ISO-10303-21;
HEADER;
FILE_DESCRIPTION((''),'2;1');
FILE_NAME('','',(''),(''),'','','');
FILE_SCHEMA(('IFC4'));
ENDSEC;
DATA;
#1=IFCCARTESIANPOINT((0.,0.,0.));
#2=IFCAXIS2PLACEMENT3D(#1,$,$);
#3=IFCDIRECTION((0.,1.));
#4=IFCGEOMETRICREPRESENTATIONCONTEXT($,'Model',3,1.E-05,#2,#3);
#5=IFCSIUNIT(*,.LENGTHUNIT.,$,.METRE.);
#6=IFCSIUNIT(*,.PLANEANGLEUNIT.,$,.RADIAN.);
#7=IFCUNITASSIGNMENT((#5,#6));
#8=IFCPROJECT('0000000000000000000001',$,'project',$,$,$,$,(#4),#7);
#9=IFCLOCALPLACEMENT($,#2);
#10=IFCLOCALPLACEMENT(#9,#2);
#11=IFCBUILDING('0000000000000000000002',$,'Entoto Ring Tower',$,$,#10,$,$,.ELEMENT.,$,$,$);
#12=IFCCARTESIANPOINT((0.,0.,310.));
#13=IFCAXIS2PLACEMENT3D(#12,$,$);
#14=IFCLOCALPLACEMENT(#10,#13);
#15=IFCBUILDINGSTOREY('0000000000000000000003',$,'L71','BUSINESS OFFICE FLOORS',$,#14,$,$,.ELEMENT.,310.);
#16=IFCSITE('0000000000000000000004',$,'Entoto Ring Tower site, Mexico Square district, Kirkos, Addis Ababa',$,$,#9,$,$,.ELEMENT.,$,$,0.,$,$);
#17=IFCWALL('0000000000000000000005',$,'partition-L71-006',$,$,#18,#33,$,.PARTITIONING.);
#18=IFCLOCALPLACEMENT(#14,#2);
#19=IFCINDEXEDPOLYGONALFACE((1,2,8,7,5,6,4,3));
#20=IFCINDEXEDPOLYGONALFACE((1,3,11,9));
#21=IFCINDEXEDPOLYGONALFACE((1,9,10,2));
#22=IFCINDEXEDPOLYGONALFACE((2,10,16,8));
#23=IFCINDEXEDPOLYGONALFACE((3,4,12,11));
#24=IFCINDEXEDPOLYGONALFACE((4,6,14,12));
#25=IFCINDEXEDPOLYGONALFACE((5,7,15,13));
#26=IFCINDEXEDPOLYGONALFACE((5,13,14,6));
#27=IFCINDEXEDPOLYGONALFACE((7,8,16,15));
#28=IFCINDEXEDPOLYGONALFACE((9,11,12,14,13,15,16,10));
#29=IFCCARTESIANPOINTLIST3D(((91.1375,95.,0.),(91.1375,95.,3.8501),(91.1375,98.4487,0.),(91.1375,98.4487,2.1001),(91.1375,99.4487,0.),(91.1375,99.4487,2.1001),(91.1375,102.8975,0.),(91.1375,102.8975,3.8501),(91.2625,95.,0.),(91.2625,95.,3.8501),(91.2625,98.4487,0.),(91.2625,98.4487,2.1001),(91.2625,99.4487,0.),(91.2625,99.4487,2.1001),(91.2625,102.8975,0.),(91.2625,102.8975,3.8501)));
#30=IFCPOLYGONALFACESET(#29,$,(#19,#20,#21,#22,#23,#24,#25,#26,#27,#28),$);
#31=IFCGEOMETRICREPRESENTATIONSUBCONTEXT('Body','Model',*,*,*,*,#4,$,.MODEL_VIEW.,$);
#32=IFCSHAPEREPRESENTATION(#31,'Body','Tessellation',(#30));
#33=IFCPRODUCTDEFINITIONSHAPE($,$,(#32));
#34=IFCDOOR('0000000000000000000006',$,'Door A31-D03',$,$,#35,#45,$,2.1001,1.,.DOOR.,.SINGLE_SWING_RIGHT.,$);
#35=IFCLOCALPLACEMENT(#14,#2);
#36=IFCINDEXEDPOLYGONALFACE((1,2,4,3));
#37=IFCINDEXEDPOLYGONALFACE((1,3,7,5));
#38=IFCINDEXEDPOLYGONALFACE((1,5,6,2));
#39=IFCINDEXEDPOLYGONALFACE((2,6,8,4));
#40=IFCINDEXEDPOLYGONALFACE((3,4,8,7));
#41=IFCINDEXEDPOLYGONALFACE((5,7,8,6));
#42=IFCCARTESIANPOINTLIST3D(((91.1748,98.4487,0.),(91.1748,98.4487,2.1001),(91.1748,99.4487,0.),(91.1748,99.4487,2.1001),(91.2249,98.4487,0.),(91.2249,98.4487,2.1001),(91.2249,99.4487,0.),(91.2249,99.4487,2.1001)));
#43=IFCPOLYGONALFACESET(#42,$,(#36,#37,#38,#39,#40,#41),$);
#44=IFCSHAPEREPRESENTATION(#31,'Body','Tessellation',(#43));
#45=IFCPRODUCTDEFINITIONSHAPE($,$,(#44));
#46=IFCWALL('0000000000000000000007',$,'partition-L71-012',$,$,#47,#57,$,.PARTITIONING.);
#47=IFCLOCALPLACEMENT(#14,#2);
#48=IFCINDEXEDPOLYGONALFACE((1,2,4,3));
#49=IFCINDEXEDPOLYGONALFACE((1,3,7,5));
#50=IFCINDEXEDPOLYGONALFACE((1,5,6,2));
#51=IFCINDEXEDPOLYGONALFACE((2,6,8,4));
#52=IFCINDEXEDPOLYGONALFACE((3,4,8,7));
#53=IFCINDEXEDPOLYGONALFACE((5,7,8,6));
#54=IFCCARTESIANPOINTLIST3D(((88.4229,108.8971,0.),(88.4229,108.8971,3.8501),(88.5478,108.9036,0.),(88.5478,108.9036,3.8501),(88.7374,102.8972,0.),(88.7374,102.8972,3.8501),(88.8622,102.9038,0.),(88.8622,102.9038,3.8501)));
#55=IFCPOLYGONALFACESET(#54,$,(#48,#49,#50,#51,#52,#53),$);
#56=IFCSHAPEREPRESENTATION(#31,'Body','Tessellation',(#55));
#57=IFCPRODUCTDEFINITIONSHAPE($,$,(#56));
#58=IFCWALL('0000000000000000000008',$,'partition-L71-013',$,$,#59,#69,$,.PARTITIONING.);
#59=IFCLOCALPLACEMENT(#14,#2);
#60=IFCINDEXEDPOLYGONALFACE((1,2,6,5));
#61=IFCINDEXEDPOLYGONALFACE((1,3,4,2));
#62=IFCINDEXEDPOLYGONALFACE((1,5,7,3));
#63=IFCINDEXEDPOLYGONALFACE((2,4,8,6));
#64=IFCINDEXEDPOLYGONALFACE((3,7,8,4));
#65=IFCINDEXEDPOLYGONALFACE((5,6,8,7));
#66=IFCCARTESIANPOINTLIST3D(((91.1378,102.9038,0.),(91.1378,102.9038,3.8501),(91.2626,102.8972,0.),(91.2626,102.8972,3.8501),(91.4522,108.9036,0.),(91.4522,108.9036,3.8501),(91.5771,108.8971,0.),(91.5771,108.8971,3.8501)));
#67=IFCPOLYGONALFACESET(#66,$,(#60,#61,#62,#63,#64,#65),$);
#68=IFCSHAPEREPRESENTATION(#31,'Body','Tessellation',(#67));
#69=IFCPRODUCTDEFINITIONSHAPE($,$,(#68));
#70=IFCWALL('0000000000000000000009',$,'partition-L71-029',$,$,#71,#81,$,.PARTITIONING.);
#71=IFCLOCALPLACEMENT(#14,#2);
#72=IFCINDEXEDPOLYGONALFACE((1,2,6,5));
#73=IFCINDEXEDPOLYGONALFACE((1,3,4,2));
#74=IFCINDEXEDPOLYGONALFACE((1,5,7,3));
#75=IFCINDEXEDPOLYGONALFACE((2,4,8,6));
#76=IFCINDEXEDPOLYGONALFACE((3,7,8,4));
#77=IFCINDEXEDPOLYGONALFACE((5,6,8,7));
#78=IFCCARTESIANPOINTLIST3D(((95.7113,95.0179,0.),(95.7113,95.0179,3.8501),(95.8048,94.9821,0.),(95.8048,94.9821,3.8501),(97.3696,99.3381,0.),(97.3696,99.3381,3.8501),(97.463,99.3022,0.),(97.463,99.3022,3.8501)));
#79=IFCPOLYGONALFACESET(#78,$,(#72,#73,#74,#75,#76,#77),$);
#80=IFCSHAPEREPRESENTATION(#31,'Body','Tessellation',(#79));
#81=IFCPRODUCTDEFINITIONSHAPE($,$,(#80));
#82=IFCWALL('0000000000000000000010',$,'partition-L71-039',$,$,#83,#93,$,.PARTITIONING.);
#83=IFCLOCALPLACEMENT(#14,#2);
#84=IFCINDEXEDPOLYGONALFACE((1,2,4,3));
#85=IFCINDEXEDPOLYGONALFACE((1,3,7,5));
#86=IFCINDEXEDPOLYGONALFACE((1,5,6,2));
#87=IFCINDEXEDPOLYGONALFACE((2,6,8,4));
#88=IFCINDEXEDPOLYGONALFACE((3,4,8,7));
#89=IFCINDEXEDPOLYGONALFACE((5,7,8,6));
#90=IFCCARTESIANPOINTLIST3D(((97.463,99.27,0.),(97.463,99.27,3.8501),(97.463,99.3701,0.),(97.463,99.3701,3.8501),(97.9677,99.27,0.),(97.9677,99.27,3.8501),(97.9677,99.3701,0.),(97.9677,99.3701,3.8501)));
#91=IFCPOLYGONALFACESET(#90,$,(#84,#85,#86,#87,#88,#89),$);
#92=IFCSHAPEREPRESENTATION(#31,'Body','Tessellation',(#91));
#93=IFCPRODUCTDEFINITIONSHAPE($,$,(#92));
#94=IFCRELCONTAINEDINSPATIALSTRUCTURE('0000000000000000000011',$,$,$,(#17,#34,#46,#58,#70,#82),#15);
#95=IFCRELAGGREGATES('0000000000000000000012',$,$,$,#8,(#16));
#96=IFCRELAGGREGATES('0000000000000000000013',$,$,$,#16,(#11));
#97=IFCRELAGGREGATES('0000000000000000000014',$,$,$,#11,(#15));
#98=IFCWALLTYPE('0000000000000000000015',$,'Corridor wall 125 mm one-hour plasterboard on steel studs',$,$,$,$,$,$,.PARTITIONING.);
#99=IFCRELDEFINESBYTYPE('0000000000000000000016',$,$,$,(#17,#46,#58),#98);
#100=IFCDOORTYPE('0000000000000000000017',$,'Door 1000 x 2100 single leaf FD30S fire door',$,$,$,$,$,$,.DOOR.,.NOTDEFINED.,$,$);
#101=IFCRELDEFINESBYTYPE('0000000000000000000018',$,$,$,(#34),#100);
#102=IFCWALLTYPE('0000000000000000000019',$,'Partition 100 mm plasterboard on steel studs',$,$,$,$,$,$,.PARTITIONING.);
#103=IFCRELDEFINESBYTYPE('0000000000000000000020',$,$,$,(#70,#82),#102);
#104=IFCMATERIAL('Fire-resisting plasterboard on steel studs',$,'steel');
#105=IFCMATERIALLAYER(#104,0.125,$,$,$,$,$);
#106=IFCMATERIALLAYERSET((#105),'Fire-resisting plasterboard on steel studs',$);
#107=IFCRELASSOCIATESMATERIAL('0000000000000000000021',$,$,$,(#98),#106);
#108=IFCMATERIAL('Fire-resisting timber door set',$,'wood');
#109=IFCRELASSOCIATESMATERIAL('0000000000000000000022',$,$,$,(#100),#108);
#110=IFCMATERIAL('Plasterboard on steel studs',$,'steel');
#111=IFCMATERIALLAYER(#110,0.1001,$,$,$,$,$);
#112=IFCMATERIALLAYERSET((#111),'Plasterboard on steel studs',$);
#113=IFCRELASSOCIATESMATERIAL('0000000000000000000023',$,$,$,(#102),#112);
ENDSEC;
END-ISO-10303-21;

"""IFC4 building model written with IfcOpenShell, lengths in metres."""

from ifc_helpers import new_model, si_unit, direction, frame, frame_2d, origin, place, context, subcontext, project, spatial, rectangle, extrude, material, layer, layer_set, type_object, element, fill, save


model = new_model("IFC4")

# Units and contexts
model_context = context("Model", 3, precision=1e-05, world=origin(), true_north=direction((0.0, 1.0)))
body_context = subcontext(model_context, "Body", "Model", "MODEL_VIEW")
ifc_project = project(units=[si_unit("LENGTHUNIT", "METRE"), si_unit("PLANEANGLEUNIT", "RADIAN")], contexts=[model_context])

# Site, building, storey
site_placement = place(None, origin())
site = spatial("IfcSite", under=ifc_project, at=site_placement, Name="Entoto Ring Tower site, Mexico Square district, Kirkos, Addis Ababa", CompositionType="ELEMENT", RefElevation=0.0)
building_placement = place(site_placement, origin())
building = spatial("IfcBuilding", under=site, at=building_placement, Name="Entoto Ring Tower", CompositionType="ELEMENT")
storey_placement = place(building_placement, frame((0.0, 0.0, 310.0)))
storey = spatial("IfcBuildingStorey", under=building, at=storey_placement, Name="L71", Description="BUSINESS OFFICE FLOORS", CompositionType="ELEMENT", Elevation=310.0)

# Wall, opening, door
ifc_material_1 = material(Name="Fire-resisting plasterboard on steel studs", Category="steel")
ifc_layer_1 = layer(ifc_material_1, 0.125)
ifc_layer_set_1 = layer_set([ifc_layer_1], Name="Fire-resisting plasterboard on steel studs")
wall_type_1 = type_object("IfcWallType", Name="Corridor wall 125 mm one-hour plasterboard on steel studs", PredefinedType="PARTITIONING", material=ifc_layer_set_1)
ifc_material_2 = material(Name="Fire-resisting timber door set", Category="wood")
door_type_1 = type_object("IfcDoorType", Name="Door 1000 x 2100 single leaf FD30S fire door", OperationType="NOTDEFINED", PredefinedType="DOOR", material=ifc_material_2)
wall_1_placement = place(storey_placement, frame((91.2, 95.0, 0.0), z_axis=(0.0, 0.0, 1.0), x_axis=(0.0, 1.0, 0.0)))
wall_1 = element("IfcWall", 1, at=wall_1_placement, inside=storey, type_object=wall_type_1, Name="partition-L71-006", PredefinedType="PARTITIONING", context=body_context, shape_type="SweptSolid", body=[
    extrude(rectangle(XDim=7.8975, YDim=0.125, at=frame_2d((3.9487, 0.0))), origin(), (0.0, 0.0, 1.0), 3.8501),
])
opening_1_placement = place(wall_1_placement, frame((3.4487, 0.0, 0.0)))
opening_1 = element("IfcOpeningElement", 2, at=opening_1_placement, cuts=wall_1, PredefinedType="OPENING", context=body_context, shape_type="SweptSolid", body=[
    extrude(rectangle(XDim=1.0, YDim=2.1001, at=frame_2d((0.5, 1.05))), frame((0.0, 0.0725, 0.0), z_axis=(0.0, -1.0, 0.0), x_axis=(1.0, 0.0, 0.0)), (0.0, 0.0, 1.0), 0.145),
])
door_1_placement = place(opening_1_placement, frame((1.0, 0.0, 0.0), z_axis=(0.0, 0.0, 1.0), x_axis=(-1.0, 0.0, 0.0)))
door_1 = element("IfcDoor", 3, at=door_1_placement, inside=storey, type_object=door_type_1, Name="Door A31-D03", OperationType="SINGLE_SWING_RIGHT", OverallHeight=2.1001, OverallWidth=1.0, PredefinedType="DOOR", context=body_context, shape_type="SweptSolid", body=[
    extrude(rectangle(XDim=1.0, YDim=2.1001, at=frame_2d((0.5, 1.05))), frame((0.0, 0.0249, 0.0), z_axis=(0.0, -1.0, 0.0), x_axis=(1.0, 0.0, 0.0)), (0.0, 0.0, 1.0), 0.05),
])
fill(opening_1, door_1)

# Walls
for number, where, z_axis, x_axis, name in (
    (4, (88.7998, 102.9006, 0.0), (0.0, 0.0, 1.0), (-0.052339, 0.998629, 0.0), "partition-L71-012"),
    (5, (91.2002, 102.9006, 0.0), (0.0, 0.0, 1.0), (0.052339, 0.998629, 0.0), "partition-L71-013"),
):
    element("IfcWall", number, at=place(storey_placement, frame(where, z_axis=z_axis, x_axis=x_axis)), inside=storey, type_object=wall_type_1, Name=name, PredefinedType="PARTITIONING", context=body_context, shape_type="SweptSolid", body=[
        extrude(rectangle(XDim=6.0081, YDim=0.125, at=frame_2d((3.0039, 0.0))), origin(), (0.0, 0.0, 1.0), 3.8501),
    ])
ifc_material_3 = material(Name="Plasterboard on steel studs", Category="steel")
ifc_layer_2 = layer(ifc_material_3, 0.1001)
ifc_layer_set_2 = layer_set([ifc_layer_2], Name="Plasterboard on steel studs")
wall_type_2 = type_object("IfcWallType", Name="Partition 100 mm plasterboard on steel studs", PredefinedType="PARTITIONING", material=ifc_layer_set_2)
wall_2_placement = place(storey_placement, frame((95.7581, 95.0, 0.0), z_axis=(0.0, 0.0, 1.0), x_axis=(0.358346, 0.933589, 0.0)))
element("IfcWall", 6, at=wall_2_placement, inside=storey, type_object=wall_type_2, Name="partition-L71-029", PredefinedType="PARTITIONING", context=body_context, shape_type="SweptSolid", body=[
    extrude(rectangle(XDim=4.6274, YDim=0.1001, at=frame_2d((2.3137, 0.0))), origin(), (0.0, 0.0, 1.0), 3.8501),
])
wall_3_placement = place(storey_placement, frame((97.4629, 99.3201, 0.0), z_axis=(0.0, 0.0, 1.0), x_axis=(1.0, 0.0, 0.0)))
element("IfcWall", 7, at=wall_3_placement, inside=storey, type_object=wall_type_2, Name="partition-L71-039", PredefinedType="PARTITIONING", context=body_context, shape_type="SweptSolid", body=[
    extrude(rectangle(XDim=0.5046, YDim=0.1001, at=frame_2d((0.2524, 0.0))), origin(), (0.0, 0.0, 1.0), 3.8501),
])

save(model, "model.ifc")
